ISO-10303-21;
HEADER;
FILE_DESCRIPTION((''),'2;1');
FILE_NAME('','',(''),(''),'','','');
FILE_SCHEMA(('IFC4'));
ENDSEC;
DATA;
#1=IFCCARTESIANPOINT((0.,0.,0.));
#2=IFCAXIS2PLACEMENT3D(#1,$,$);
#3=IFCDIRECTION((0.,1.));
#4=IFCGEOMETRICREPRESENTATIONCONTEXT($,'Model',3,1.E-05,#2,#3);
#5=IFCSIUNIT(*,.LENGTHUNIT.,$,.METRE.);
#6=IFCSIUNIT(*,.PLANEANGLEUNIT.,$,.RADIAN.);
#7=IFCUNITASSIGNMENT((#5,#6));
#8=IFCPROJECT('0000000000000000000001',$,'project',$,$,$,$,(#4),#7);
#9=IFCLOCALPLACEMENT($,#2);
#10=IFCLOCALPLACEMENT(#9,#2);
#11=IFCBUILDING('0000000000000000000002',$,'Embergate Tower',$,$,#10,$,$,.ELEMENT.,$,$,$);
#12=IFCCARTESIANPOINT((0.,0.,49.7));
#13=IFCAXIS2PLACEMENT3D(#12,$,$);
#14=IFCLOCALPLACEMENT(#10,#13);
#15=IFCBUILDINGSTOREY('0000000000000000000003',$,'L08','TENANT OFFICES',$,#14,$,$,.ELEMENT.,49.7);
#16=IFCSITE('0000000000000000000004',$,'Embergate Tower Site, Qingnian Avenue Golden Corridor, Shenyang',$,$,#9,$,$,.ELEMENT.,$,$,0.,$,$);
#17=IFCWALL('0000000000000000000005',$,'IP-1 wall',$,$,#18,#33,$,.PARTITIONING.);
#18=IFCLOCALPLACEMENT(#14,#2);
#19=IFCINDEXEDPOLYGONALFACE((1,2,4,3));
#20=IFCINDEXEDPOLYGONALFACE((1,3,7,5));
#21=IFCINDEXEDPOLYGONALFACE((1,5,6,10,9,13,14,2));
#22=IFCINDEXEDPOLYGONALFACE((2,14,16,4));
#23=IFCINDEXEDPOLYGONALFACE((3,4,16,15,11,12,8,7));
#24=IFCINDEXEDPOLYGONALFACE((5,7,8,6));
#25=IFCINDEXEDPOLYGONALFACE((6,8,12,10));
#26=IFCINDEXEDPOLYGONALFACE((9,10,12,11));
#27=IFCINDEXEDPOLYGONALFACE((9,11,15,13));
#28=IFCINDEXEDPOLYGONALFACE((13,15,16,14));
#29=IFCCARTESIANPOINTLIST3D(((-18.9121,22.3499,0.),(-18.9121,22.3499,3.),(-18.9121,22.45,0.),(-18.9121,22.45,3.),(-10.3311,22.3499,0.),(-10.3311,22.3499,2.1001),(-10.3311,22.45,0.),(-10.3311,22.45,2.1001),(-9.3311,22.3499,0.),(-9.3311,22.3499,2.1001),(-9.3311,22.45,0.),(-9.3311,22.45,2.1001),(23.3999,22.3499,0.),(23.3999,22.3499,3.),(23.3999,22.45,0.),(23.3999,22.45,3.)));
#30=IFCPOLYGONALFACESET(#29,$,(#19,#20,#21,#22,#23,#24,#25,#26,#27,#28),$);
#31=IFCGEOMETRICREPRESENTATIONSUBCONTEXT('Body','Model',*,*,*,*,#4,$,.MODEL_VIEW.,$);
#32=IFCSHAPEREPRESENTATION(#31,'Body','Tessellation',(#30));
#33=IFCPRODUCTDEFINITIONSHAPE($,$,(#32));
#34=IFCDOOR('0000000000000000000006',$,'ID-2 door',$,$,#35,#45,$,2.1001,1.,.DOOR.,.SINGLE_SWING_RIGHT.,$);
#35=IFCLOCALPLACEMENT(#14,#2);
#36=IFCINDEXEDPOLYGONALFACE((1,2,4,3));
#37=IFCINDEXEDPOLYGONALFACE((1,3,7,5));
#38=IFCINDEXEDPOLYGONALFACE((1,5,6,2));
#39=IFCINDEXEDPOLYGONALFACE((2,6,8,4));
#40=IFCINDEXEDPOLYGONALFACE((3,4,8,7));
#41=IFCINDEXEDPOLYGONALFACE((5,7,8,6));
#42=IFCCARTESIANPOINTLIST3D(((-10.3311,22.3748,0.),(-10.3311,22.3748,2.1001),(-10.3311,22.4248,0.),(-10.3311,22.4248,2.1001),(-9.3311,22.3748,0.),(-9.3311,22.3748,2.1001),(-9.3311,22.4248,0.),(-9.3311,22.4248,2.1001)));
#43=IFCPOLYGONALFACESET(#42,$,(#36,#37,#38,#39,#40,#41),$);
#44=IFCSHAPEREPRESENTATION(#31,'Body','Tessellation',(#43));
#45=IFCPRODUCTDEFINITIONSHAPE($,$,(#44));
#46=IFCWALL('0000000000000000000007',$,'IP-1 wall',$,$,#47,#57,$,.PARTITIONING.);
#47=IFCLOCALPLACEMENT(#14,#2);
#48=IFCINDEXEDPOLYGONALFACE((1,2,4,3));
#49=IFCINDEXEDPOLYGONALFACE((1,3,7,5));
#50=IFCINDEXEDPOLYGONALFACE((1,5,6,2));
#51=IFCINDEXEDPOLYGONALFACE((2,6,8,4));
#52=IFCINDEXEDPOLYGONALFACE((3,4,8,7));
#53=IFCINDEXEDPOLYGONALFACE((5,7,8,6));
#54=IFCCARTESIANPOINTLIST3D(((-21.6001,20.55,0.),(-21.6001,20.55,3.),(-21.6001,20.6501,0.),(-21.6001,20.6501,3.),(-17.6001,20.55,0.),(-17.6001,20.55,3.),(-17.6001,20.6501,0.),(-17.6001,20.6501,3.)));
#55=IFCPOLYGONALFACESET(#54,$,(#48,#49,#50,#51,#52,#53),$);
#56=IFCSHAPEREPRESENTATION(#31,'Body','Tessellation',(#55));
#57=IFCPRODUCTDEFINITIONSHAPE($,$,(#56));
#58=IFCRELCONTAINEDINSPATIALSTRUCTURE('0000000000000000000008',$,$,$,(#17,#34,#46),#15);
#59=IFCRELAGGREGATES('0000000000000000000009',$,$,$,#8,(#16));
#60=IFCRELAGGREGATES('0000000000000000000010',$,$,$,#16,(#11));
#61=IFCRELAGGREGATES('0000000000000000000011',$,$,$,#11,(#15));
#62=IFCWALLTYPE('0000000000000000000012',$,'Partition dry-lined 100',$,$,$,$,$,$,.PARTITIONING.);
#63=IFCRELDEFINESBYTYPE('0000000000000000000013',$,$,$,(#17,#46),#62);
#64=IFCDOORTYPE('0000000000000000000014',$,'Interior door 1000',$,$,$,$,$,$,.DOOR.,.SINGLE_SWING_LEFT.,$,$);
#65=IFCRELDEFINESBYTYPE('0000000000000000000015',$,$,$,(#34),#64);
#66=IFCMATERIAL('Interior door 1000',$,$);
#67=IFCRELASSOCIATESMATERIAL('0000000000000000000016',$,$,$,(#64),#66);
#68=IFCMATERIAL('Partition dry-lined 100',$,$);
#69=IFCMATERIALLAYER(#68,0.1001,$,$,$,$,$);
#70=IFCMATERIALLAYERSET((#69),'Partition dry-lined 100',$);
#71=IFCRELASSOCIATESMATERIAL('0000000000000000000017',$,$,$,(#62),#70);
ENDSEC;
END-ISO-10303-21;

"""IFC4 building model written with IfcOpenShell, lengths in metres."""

from ifc_helpers import new_model, si_unit, direction, frame, frame_2d, origin, place, context, subcontext, project, spatial, rectangle, extrude, source, transform, mapped, material, layer, layer_set, type_object, element, fill, save


model = new_model("IFC4")

# Units and contexts
model_context = context("Model", 3, precision=1e-05, world=origin(), true_north=direction((0.0, 1.0)))
body_context = subcontext(model_context, "Body", "Model", "MODEL_VIEW")
ifc_project = project(units=[si_unit("LENGTHUNIT", "METRE"), si_unit("PLANEANGLEUNIT", "RADIAN")], contexts=[model_context])

# Site, building, storey
site_placement = place(None, origin())
site = spatial("IfcSite", under=ifc_project, at=site_placement, Name="Embergate Tower Site, Qingnian Avenue Golden Corridor, Shenyang", CompositionType="ELEMENT", RefElevation=0.0)
building_placement = place(site_placement, origin())
building = spatial("IfcBuilding", under=site, at=building_placement, Name="Embergate Tower", CompositionType="ELEMENT")
storey_placement = place(building_placement, frame((0.0, 0.0, 49.7)))
storey = spatial("IfcBuildingStorey", under=building, at=storey_placement, Name="L08", Description="TENANT OFFICES", CompositionType="ELEMENT", Elevation=49.7)

# Shared definitions
ifc_material_1 = material(Name="Interior door 1000")
door_type_1 = type_object("IfcDoorType", Name="Interior door 1000", OperationType="SINGLE_SWING_LEFT", PredefinedType="DOOR", material=ifc_material_1)
shared_shape_1 = source(origin(), body_context, "Body", "SweptSolid", [
    extrude(rectangle(XDim=1.0, YDim=2.1001, at=frame_2d((0.5, 1.05))), frame((0.0, 0.0249, 0.0), z_axis=(0.0, -1.0, 0.0), x_axis=(1.0, 0.0, 0.0)), (0.0, 0.0, 1.0), 0.05),
])

# Wall, opening, door
ifc_material_2 = material(Name="Partition dry-lined 100")
ifc_layer_1 = layer(ifc_material_2, 0.1001)
ifc_layer_set_1 = layer_set([ifc_layer_1], Name="Partition dry-lined 100")
wall_type_1 = type_object("IfcWallType", Name="Partition dry-lined 100", PredefinedType="PARTITIONING", material=ifc_layer_set_1)
shared_shape_2 = source(origin(), body_context, "Body", "SweptSolid", [
    extrude(rectangle(XDim=42.312, YDim=0.1001, at=frame_2d((21.156, 0.0))), origin(), (0.0, 0.0, 1.0), 3.0),
])
wall_1_placement = place(storey_placement, frame((-18.9121, 22.3999, 0.0), z_axis=(0.0, 0.0, 1.0), x_axis=(1.0, 0.0, 0.0)))
wall_1 = element("IfcWall", 1, at=wall_1_placement, inside=storey, type_object=wall_type_1, Name="IP-1 wall", PredefinedType="PARTITIONING", context=body_context, shape_type="MappedRepresentation", body=[
    mapped(shared_shape_2, transform((0.0, 0.0, 0.0))),
])
shared_shape_3 = source(origin(), body_context, "Body", "SweptSolid", [
    extrude(rectangle(XDim=1.0, YDim=2.1001, at=frame_2d((0.5, 1.05))), frame((0.0, 0.0601, 0.0), z_axis=(0.0, -1.0, 0.0), x_axis=(1.0, 0.0, 0.0)), (0.0, 0.0, 1.0), 0.1201),
])
opening_1_placement = place(wall_1_placement, frame((8.5811, 0.0, 0.0)))
opening_1 = element("IfcOpeningElement", 2, at=opening_1_placement, cuts=wall_1, PredefinedType="OPENING", context=body_context, shape_type="MappedRepresentation", body=[
    mapped(shared_shape_3, transform((0.0, 0.0, 0.0))),
])
door_1_placement = place(opening_1_placement, origin())
door_1 = element("IfcDoor", 3, at=door_1_placement, inside=storey, type_object=door_type_1, Name="ID-2 door", OperationType="SINGLE_SWING_RIGHT", OverallHeight=2.1001, OverallWidth=1.0, PredefinedType="DOOR", context=body_context, shape_type="MappedRepresentation", body=[
    mapped(shared_shape_1, transform((0.0, 0.0, 0.0))),
])
fill(opening_1, door_1)

# Wall
shared_shape_4 = source(origin(), body_context, "Body", "SweptSolid", [
    extrude(rectangle(XDim=4.0, YDim=0.1001, at=frame_2d((2.0, 0.0))), origin(), (0.0, 0.0, 1.0), 3.0),
])
wall_2_placement = place(storey_placement, frame((-21.6001, 20.6001, 0.0), z_axis=(0.0, 0.0, 1.0), x_axis=(1.0, 0.0, 0.0)))
element("IfcWall", 4, at=wall_2_placement, inside=storey, type_object=wall_type_1, Name="IP-1 wall", PredefinedType="PARTITIONING", context=body_context, shape_type="MappedRepresentation", body=[
    mapped(shared_shape_4, transform((0.0, 0.0, 0.0))),
])

save(model, "model.ifc")
